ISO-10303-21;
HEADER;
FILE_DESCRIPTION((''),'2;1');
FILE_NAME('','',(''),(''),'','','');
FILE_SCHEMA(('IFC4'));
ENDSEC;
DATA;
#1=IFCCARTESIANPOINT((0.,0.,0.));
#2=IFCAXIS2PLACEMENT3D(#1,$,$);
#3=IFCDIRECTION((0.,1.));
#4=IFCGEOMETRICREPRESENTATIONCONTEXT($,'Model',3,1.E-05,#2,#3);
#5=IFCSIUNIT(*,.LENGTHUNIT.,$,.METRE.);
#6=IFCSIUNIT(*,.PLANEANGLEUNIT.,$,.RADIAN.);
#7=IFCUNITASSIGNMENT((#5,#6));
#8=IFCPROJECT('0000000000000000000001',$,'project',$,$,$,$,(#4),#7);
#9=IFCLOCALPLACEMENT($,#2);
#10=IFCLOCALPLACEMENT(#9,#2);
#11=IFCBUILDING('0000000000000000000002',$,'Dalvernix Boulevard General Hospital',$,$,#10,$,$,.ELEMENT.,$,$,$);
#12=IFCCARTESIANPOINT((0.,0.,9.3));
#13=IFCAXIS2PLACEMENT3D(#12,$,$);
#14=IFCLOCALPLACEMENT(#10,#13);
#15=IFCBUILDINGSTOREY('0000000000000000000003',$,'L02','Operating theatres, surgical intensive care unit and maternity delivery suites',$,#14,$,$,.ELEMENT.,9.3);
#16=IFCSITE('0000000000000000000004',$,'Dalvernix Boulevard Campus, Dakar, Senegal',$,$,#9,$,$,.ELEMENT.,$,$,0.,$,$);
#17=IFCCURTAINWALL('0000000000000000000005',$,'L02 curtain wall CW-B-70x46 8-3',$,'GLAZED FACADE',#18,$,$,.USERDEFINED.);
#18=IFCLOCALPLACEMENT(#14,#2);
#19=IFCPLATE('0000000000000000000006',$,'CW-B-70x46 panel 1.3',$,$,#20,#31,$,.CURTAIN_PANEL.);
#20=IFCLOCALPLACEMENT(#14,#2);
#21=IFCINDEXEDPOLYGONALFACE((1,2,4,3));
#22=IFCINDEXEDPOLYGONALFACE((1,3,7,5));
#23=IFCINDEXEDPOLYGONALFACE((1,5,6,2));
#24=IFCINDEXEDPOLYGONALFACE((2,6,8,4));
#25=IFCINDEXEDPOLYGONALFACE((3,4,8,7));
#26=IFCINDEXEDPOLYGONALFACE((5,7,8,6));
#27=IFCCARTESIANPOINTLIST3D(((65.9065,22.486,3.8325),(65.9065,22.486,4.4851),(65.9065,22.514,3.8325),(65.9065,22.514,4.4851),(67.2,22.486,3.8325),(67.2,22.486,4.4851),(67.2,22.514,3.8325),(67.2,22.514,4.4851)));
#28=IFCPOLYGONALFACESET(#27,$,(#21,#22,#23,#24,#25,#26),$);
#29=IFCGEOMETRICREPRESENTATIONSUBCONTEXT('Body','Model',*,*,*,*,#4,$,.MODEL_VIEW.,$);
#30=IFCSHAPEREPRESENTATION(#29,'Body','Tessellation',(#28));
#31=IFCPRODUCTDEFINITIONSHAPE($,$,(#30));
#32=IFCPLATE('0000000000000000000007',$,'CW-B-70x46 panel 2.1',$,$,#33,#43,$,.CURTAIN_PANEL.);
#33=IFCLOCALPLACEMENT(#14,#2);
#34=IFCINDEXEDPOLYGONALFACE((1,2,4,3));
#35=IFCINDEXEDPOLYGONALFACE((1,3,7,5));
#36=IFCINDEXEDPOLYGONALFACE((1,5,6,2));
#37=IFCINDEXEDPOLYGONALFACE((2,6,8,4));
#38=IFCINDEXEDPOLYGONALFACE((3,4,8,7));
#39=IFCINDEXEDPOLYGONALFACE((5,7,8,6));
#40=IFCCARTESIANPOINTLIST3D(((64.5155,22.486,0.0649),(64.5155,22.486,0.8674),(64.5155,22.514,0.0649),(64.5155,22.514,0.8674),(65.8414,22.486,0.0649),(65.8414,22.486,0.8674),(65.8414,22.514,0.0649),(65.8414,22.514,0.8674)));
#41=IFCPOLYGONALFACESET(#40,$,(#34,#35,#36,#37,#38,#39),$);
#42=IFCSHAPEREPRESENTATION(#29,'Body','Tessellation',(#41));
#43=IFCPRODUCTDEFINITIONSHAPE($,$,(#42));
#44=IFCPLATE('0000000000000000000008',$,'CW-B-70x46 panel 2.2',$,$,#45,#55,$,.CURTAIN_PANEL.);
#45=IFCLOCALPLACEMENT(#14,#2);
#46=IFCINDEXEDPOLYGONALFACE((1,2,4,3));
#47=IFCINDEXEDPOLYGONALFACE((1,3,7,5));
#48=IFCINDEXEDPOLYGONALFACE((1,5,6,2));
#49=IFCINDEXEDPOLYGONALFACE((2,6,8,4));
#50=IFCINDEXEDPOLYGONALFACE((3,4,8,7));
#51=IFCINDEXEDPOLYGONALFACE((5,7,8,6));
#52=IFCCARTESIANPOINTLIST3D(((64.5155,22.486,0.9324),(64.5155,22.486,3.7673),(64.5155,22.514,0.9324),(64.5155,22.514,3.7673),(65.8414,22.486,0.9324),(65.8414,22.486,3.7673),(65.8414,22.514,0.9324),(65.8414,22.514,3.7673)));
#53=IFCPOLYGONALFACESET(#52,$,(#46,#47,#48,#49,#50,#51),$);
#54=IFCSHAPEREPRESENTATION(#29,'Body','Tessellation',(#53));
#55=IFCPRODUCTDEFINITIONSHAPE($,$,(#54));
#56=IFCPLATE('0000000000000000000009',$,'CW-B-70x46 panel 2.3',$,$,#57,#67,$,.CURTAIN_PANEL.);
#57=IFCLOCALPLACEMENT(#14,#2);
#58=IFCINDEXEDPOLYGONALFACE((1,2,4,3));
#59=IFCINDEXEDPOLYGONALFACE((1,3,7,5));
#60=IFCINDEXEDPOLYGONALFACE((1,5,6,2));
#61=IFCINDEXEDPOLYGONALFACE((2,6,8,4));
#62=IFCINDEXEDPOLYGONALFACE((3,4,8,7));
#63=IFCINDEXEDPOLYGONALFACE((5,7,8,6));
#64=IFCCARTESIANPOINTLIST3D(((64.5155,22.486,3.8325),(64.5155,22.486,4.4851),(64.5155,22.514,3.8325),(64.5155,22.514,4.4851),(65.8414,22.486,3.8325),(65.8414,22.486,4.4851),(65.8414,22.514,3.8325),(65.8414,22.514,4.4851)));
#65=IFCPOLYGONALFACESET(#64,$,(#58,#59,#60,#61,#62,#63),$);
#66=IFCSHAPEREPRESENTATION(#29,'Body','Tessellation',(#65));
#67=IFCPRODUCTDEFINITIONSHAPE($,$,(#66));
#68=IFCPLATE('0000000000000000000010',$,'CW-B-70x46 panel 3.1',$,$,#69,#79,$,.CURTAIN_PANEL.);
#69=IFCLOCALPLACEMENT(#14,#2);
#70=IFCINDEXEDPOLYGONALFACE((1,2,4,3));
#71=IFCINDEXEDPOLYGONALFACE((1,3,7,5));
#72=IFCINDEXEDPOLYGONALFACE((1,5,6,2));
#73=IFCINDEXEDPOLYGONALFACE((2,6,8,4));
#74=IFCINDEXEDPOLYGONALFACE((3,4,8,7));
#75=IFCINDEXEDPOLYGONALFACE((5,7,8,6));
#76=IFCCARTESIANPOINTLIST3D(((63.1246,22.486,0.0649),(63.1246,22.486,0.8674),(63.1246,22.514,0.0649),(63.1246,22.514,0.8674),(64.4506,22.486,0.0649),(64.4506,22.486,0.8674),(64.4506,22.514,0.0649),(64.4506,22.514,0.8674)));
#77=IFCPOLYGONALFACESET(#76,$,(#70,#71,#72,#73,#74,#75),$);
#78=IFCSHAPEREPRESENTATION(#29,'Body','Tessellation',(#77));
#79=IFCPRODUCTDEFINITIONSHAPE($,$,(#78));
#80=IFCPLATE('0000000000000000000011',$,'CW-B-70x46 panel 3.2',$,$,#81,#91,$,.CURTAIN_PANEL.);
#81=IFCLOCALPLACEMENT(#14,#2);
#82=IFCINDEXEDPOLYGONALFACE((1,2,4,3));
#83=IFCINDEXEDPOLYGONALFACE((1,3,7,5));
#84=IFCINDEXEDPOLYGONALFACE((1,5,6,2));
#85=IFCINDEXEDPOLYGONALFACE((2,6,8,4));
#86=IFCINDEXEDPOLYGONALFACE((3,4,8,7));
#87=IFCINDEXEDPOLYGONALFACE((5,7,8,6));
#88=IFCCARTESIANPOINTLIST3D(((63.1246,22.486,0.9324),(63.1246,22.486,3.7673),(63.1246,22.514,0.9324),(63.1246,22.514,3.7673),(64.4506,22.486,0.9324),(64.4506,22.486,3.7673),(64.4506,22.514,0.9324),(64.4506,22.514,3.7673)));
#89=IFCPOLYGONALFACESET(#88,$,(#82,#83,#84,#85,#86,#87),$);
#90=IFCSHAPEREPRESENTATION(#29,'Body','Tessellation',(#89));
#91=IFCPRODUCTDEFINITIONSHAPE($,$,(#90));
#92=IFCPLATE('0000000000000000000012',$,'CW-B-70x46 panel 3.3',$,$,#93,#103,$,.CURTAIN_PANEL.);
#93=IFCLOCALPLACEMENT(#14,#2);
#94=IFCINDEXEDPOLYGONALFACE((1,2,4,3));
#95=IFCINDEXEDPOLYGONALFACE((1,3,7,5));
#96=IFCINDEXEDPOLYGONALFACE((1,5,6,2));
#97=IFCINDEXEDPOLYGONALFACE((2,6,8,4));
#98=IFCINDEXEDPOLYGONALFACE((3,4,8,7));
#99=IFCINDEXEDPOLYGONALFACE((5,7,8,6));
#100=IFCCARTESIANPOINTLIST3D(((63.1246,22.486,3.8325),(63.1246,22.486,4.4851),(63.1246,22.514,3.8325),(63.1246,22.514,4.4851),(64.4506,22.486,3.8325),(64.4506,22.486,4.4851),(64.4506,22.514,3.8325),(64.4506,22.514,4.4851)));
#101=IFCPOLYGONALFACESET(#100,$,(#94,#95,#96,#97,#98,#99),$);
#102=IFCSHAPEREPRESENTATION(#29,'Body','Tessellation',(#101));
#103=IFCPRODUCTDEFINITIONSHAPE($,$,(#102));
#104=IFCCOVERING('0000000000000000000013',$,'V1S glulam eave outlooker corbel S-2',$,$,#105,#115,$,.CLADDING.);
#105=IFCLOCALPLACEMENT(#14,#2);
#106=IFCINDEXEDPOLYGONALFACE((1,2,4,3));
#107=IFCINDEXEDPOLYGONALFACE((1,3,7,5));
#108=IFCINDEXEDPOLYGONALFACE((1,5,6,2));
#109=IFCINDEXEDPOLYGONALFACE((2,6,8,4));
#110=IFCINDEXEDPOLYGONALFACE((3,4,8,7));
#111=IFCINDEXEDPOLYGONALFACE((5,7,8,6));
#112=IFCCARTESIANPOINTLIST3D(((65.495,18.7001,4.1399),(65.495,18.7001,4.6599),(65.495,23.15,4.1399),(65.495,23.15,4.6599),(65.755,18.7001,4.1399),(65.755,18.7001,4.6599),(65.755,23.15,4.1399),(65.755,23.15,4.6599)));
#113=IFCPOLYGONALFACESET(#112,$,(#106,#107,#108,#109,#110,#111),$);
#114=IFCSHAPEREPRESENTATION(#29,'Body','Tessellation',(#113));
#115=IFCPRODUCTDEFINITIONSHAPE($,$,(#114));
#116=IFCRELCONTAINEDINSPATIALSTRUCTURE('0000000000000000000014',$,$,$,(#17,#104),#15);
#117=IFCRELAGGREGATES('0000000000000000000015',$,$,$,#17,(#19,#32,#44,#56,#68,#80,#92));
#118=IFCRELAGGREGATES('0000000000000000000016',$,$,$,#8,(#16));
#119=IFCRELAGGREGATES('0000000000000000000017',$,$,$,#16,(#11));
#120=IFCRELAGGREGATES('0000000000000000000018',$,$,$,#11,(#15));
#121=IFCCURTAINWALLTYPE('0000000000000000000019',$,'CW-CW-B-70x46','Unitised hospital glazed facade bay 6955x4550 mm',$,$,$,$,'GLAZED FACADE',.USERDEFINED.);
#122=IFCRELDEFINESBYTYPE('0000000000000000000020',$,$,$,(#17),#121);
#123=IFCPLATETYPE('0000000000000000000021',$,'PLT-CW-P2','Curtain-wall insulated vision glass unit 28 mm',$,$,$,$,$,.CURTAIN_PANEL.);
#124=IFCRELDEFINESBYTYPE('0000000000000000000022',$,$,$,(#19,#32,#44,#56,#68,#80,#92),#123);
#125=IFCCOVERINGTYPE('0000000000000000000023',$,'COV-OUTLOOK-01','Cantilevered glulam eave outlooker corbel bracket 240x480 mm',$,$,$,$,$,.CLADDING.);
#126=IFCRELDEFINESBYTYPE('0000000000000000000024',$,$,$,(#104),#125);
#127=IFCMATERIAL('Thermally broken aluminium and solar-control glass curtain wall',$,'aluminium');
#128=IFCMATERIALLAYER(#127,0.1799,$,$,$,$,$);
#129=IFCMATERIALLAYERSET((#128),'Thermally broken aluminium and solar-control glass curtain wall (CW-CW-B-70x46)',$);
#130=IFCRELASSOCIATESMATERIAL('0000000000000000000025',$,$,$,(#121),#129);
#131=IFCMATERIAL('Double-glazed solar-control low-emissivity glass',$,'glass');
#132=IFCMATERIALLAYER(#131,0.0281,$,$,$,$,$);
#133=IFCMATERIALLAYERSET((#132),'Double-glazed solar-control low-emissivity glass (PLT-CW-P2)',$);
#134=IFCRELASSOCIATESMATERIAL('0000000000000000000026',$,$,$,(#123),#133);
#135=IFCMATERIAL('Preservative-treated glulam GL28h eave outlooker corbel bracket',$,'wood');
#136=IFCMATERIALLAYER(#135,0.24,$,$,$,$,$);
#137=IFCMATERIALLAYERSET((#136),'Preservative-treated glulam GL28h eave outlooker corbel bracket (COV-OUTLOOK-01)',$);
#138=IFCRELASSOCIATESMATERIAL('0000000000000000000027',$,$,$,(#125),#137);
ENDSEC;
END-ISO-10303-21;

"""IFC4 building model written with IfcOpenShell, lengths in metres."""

from ifc_helpers import new_model, si_unit, direction, frame, origin, origin_2d, place, context, subcontext, project, spatial, rectangle, extrude, material, layer, layer_set, type_object, element, aggregate, save


model = new_model("IFC4")

# Units and contexts
model_context = context("Model", 3, precision=1e-05, world=origin(), true_north=direction((0.0, 1.0)))
body_context = subcontext(model_context, "Body", "Model", "MODEL_VIEW")
ifc_project = project(units=[si_unit("LENGTHUNIT", "METRE"), si_unit("PLANEANGLEUNIT", "RADIAN")], contexts=[model_context])

# Site, building, storey
site_placement = place(None, origin())
site = spatial("IfcSite", under=ifc_project, at=site_placement, Name="Dalvernix Boulevard Campus, Dakar, Senegal", CompositionType="ELEMENT", RefElevation=0.0)
building_placement = place(site_placement, origin())
building = spatial("IfcBuilding", under=site, at=building_placement, Name="Dalvernix Boulevard General Hospital", CompositionType="ELEMENT")
storey_placement = place(building_placement, frame((0.0, 0.0, 9.3)))
storey = spatial("IfcBuildingStorey", under=building, at=storey_placement, Name="L02", Description="Operating theatres, surgical intensive care unit and maternity delivery suites", CompositionType="ELEMENT", Elevation=9.3)

# Curtain wall, plates
ifc_material_1 = material(Name="Thermally broken aluminium and solar-control glass curtain wall", Category="aluminium")
ifc_layer_1 = layer(ifc_material_1, 0.1799)
ifc_layer_set_1 = layer_set([ifc_layer_1], Name="Thermally broken aluminium and solar-control glass curtain wall (CW-CW-B-70x46)")
curtain_wall_type = type_object("IfcCurtainWallType", Name="CW-CW-B-70x46", Description="Unitised hospital glazed facade bay 6955x4550 mm", ElementType="GLAZED FACADE", PredefinedType="USERDEFINED", material=ifc_layer_set_1)
curtain_wall_placement = place(storey_placement, origin())
curtain_wall = element("IfcCurtainWall", 1, at=curtain_wall_placement, inside=storey, type_object=curtain_wall_type, Name="L02 curtain wall CW-B-70x46 8-3", ObjectType="GLAZED FACADE", PredefinedType="USERDEFINED")
ifc_material_2 = material(Name="Double-glazed solar-control low-emissivity glass", Category="glass")
ifc_layer_2 = layer(ifc_material_2, 0.0281)
ifc_layer_set_2 = layer_set([ifc_layer_2], Name="Double-glazed solar-control low-emissivity glass (PLT-CW-P2)")
plate_type = type_object("IfcPlateType", Name="PLT-CW-P2", Description="Curtain-wall insulated vision glass unit 28 mm", PredefinedType="CURTAIN_PANEL", material=ifc_layer_set_2)
plate_1_placement = place(storey_placement, frame((66.5532, 22.5, 3.8325), z_axis=(0.0, 0.0, 1.0), x_axis=(-1.0, 0.0, 0.0)))
plate_1 = element("IfcPlate", 2, at=plate_1_placement, type_object=plate_type, Name="CW-B-70x46 panel 1.3", PredefinedType="CURTAIN_PANEL", context=body_context, shape_type="SweptSolid", body=[
    extrude(rectangle(XDim=1.2935, YDim=0.0281, at=origin_2d()), origin(), (0.0, 0.0, 1.0), 0.6526),
])
plate_2_placement = place(storey_placement, frame((65.1785, 22.5, 0.0649), z_axis=(0.0, 0.0, 1.0), x_axis=(-1.0, 0.0, 0.0)))
plate_2 = element("IfcPlate", 3, at=plate_2_placement, type_object=plate_type, Name="CW-B-70x46 panel 2.1", PredefinedType="CURTAIN_PANEL", context=body_context, shape_type="SweptSolid", body=[
    extrude(rectangle(XDim=1.3259, YDim=0.0281, at=origin_2d()), origin(), (0.0, 0.0, 1.0), 0.8025),
])
plate_3_placement = place(storey_placement, frame((65.1785, 22.5, 0.9324), z_axis=(0.0, 0.0, 1.0), x_axis=(-1.0, 0.0, 0.0)))
plate_3 = element("IfcPlate", 4, at=plate_3_placement, type_object=plate_type, Name="CW-B-70x46 panel 2.2", PredefinedType="CURTAIN_PANEL", context=body_context, shape_type="SweptSolid", body=[
    extrude(rectangle(XDim=1.3259, YDim=0.0281, at=origin_2d()), origin(), (0.0, 0.0, 1.0), 2.835),
])
plate_4_placement = place(storey_placement, frame((65.1785, 22.5, 3.8325), z_axis=(0.0, 0.0, 1.0), x_axis=(-1.0, 0.0, 0.0)))
plate_4 = element("IfcPlate", 5, at=plate_4_placement, type_object=plate_type, Name="CW-B-70x46 panel 2.3", PredefinedType="CURTAIN_PANEL", context=body_context, shape_type="SweptSolid", body=[
    extrude(rectangle(XDim=1.3259, YDim=0.0281, at=origin_2d()), origin(), (0.0, 0.0, 1.0), 0.6526),
])
plate_5_placement = place(storey_placement, frame((63.7876, 22.5, 0.0649), z_axis=(0.0, 0.0, 1.0), x_axis=(-1.0, 0.0, 0.0)))
plate_5 = element("IfcPlate", 6, at=plate_5_placement, type_object=plate_type, Name="CW-B-70x46 panel 3.1", PredefinedType="CURTAIN_PANEL", context=body_context, shape_type="SweptSolid", body=[
    extrude(rectangle(XDim=1.3259, YDim=0.0281, at=origin_2d()), origin(), (0.0, 0.0, 1.0), 0.8025),
])
plate_6_placement = place(storey_placement, frame((63.7876, 22.5, 0.9324), z_axis=(0.0, 0.0, 1.0), x_axis=(-1.0, 0.0, 0.0)))
plate_6 = element("IfcPlate", 7, at=plate_6_placement, type_object=plate_type, Name="CW-B-70x46 panel 3.2", PredefinedType="CURTAIN_PANEL", context=body_context, shape_type="SweptSolid", body=[
    extrude(rectangle(XDim=1.3259, YDim=0.0281, at=origin_2d()), origin(), (0.0, 0.0, 1.0), 2.835),
])
plate_7_placement = place(storey_placement, frame((63.7876, 22.5, 3.8325), z_axis=(0.0, 0.0, 1.0), x_axis=(-1.0, 0.0, 0.0)))
plate_7 = element("IfcPlate", 8, at=plate_7_placement, type_object=plate_type, Name="CW-B-70x46 panel 3.3", PredefinedType="CURTAIN_PANEL", context=body_context, shape_type="SweptSolid", body=[
    extrude(rectangle(XDim=1.3259, YDim=0.0281, at=origin_2d()), origin(), (0.0, 0.0, 1.0), 0.6526),
])
aggregate(curtain_wall, [plate_1, plate_2, plate_3, plate_4, plate_5, plate_6, plate_7])

# Covering
ifc_material_3 = material(Name="Preservative-treated glulam GL28h eave outlooker corbel bracket", Category="wood")
ifc_layer_3 = layer(ifc_material_3, 0.24)
ifc_layer_set_3 = layer_set([ifc_layer_3], Name="Preservative-treated glulam GL28h eave outlooker corbel bracket (COV-OUTLOOK-01)")
covering_type = type_object("IfcCoveringType", Name="COV-OUTLOOK-01", Description="Cantilevered glulam eave outlooker corbel bracket 240x480 mm", PredefinedType="CLADDING", material=ifc_layer_set_3)
covering_placement = place(storey_placement, frame((65.625, 20.925, 4.1399), z_axis=(0.0, 0.0, 1.0), x_axis=(1.0, 0.0, 0.0)))
element("IfcCovering", 9, at=covering_placement, inside=storey, type_object=covering_type, Name="V1S glulam eave outlooker corbel S-2", PredefinedType="CLADDING", context=body_context, shape_type="SweptSolid", body=[
    extrude(rectangle(XDim=0.26, YDim=4.45, at=origin_2d()), origin(), (0.0, 0.0, 1.0), 0.52),
])

save(model, "model.ifc")
